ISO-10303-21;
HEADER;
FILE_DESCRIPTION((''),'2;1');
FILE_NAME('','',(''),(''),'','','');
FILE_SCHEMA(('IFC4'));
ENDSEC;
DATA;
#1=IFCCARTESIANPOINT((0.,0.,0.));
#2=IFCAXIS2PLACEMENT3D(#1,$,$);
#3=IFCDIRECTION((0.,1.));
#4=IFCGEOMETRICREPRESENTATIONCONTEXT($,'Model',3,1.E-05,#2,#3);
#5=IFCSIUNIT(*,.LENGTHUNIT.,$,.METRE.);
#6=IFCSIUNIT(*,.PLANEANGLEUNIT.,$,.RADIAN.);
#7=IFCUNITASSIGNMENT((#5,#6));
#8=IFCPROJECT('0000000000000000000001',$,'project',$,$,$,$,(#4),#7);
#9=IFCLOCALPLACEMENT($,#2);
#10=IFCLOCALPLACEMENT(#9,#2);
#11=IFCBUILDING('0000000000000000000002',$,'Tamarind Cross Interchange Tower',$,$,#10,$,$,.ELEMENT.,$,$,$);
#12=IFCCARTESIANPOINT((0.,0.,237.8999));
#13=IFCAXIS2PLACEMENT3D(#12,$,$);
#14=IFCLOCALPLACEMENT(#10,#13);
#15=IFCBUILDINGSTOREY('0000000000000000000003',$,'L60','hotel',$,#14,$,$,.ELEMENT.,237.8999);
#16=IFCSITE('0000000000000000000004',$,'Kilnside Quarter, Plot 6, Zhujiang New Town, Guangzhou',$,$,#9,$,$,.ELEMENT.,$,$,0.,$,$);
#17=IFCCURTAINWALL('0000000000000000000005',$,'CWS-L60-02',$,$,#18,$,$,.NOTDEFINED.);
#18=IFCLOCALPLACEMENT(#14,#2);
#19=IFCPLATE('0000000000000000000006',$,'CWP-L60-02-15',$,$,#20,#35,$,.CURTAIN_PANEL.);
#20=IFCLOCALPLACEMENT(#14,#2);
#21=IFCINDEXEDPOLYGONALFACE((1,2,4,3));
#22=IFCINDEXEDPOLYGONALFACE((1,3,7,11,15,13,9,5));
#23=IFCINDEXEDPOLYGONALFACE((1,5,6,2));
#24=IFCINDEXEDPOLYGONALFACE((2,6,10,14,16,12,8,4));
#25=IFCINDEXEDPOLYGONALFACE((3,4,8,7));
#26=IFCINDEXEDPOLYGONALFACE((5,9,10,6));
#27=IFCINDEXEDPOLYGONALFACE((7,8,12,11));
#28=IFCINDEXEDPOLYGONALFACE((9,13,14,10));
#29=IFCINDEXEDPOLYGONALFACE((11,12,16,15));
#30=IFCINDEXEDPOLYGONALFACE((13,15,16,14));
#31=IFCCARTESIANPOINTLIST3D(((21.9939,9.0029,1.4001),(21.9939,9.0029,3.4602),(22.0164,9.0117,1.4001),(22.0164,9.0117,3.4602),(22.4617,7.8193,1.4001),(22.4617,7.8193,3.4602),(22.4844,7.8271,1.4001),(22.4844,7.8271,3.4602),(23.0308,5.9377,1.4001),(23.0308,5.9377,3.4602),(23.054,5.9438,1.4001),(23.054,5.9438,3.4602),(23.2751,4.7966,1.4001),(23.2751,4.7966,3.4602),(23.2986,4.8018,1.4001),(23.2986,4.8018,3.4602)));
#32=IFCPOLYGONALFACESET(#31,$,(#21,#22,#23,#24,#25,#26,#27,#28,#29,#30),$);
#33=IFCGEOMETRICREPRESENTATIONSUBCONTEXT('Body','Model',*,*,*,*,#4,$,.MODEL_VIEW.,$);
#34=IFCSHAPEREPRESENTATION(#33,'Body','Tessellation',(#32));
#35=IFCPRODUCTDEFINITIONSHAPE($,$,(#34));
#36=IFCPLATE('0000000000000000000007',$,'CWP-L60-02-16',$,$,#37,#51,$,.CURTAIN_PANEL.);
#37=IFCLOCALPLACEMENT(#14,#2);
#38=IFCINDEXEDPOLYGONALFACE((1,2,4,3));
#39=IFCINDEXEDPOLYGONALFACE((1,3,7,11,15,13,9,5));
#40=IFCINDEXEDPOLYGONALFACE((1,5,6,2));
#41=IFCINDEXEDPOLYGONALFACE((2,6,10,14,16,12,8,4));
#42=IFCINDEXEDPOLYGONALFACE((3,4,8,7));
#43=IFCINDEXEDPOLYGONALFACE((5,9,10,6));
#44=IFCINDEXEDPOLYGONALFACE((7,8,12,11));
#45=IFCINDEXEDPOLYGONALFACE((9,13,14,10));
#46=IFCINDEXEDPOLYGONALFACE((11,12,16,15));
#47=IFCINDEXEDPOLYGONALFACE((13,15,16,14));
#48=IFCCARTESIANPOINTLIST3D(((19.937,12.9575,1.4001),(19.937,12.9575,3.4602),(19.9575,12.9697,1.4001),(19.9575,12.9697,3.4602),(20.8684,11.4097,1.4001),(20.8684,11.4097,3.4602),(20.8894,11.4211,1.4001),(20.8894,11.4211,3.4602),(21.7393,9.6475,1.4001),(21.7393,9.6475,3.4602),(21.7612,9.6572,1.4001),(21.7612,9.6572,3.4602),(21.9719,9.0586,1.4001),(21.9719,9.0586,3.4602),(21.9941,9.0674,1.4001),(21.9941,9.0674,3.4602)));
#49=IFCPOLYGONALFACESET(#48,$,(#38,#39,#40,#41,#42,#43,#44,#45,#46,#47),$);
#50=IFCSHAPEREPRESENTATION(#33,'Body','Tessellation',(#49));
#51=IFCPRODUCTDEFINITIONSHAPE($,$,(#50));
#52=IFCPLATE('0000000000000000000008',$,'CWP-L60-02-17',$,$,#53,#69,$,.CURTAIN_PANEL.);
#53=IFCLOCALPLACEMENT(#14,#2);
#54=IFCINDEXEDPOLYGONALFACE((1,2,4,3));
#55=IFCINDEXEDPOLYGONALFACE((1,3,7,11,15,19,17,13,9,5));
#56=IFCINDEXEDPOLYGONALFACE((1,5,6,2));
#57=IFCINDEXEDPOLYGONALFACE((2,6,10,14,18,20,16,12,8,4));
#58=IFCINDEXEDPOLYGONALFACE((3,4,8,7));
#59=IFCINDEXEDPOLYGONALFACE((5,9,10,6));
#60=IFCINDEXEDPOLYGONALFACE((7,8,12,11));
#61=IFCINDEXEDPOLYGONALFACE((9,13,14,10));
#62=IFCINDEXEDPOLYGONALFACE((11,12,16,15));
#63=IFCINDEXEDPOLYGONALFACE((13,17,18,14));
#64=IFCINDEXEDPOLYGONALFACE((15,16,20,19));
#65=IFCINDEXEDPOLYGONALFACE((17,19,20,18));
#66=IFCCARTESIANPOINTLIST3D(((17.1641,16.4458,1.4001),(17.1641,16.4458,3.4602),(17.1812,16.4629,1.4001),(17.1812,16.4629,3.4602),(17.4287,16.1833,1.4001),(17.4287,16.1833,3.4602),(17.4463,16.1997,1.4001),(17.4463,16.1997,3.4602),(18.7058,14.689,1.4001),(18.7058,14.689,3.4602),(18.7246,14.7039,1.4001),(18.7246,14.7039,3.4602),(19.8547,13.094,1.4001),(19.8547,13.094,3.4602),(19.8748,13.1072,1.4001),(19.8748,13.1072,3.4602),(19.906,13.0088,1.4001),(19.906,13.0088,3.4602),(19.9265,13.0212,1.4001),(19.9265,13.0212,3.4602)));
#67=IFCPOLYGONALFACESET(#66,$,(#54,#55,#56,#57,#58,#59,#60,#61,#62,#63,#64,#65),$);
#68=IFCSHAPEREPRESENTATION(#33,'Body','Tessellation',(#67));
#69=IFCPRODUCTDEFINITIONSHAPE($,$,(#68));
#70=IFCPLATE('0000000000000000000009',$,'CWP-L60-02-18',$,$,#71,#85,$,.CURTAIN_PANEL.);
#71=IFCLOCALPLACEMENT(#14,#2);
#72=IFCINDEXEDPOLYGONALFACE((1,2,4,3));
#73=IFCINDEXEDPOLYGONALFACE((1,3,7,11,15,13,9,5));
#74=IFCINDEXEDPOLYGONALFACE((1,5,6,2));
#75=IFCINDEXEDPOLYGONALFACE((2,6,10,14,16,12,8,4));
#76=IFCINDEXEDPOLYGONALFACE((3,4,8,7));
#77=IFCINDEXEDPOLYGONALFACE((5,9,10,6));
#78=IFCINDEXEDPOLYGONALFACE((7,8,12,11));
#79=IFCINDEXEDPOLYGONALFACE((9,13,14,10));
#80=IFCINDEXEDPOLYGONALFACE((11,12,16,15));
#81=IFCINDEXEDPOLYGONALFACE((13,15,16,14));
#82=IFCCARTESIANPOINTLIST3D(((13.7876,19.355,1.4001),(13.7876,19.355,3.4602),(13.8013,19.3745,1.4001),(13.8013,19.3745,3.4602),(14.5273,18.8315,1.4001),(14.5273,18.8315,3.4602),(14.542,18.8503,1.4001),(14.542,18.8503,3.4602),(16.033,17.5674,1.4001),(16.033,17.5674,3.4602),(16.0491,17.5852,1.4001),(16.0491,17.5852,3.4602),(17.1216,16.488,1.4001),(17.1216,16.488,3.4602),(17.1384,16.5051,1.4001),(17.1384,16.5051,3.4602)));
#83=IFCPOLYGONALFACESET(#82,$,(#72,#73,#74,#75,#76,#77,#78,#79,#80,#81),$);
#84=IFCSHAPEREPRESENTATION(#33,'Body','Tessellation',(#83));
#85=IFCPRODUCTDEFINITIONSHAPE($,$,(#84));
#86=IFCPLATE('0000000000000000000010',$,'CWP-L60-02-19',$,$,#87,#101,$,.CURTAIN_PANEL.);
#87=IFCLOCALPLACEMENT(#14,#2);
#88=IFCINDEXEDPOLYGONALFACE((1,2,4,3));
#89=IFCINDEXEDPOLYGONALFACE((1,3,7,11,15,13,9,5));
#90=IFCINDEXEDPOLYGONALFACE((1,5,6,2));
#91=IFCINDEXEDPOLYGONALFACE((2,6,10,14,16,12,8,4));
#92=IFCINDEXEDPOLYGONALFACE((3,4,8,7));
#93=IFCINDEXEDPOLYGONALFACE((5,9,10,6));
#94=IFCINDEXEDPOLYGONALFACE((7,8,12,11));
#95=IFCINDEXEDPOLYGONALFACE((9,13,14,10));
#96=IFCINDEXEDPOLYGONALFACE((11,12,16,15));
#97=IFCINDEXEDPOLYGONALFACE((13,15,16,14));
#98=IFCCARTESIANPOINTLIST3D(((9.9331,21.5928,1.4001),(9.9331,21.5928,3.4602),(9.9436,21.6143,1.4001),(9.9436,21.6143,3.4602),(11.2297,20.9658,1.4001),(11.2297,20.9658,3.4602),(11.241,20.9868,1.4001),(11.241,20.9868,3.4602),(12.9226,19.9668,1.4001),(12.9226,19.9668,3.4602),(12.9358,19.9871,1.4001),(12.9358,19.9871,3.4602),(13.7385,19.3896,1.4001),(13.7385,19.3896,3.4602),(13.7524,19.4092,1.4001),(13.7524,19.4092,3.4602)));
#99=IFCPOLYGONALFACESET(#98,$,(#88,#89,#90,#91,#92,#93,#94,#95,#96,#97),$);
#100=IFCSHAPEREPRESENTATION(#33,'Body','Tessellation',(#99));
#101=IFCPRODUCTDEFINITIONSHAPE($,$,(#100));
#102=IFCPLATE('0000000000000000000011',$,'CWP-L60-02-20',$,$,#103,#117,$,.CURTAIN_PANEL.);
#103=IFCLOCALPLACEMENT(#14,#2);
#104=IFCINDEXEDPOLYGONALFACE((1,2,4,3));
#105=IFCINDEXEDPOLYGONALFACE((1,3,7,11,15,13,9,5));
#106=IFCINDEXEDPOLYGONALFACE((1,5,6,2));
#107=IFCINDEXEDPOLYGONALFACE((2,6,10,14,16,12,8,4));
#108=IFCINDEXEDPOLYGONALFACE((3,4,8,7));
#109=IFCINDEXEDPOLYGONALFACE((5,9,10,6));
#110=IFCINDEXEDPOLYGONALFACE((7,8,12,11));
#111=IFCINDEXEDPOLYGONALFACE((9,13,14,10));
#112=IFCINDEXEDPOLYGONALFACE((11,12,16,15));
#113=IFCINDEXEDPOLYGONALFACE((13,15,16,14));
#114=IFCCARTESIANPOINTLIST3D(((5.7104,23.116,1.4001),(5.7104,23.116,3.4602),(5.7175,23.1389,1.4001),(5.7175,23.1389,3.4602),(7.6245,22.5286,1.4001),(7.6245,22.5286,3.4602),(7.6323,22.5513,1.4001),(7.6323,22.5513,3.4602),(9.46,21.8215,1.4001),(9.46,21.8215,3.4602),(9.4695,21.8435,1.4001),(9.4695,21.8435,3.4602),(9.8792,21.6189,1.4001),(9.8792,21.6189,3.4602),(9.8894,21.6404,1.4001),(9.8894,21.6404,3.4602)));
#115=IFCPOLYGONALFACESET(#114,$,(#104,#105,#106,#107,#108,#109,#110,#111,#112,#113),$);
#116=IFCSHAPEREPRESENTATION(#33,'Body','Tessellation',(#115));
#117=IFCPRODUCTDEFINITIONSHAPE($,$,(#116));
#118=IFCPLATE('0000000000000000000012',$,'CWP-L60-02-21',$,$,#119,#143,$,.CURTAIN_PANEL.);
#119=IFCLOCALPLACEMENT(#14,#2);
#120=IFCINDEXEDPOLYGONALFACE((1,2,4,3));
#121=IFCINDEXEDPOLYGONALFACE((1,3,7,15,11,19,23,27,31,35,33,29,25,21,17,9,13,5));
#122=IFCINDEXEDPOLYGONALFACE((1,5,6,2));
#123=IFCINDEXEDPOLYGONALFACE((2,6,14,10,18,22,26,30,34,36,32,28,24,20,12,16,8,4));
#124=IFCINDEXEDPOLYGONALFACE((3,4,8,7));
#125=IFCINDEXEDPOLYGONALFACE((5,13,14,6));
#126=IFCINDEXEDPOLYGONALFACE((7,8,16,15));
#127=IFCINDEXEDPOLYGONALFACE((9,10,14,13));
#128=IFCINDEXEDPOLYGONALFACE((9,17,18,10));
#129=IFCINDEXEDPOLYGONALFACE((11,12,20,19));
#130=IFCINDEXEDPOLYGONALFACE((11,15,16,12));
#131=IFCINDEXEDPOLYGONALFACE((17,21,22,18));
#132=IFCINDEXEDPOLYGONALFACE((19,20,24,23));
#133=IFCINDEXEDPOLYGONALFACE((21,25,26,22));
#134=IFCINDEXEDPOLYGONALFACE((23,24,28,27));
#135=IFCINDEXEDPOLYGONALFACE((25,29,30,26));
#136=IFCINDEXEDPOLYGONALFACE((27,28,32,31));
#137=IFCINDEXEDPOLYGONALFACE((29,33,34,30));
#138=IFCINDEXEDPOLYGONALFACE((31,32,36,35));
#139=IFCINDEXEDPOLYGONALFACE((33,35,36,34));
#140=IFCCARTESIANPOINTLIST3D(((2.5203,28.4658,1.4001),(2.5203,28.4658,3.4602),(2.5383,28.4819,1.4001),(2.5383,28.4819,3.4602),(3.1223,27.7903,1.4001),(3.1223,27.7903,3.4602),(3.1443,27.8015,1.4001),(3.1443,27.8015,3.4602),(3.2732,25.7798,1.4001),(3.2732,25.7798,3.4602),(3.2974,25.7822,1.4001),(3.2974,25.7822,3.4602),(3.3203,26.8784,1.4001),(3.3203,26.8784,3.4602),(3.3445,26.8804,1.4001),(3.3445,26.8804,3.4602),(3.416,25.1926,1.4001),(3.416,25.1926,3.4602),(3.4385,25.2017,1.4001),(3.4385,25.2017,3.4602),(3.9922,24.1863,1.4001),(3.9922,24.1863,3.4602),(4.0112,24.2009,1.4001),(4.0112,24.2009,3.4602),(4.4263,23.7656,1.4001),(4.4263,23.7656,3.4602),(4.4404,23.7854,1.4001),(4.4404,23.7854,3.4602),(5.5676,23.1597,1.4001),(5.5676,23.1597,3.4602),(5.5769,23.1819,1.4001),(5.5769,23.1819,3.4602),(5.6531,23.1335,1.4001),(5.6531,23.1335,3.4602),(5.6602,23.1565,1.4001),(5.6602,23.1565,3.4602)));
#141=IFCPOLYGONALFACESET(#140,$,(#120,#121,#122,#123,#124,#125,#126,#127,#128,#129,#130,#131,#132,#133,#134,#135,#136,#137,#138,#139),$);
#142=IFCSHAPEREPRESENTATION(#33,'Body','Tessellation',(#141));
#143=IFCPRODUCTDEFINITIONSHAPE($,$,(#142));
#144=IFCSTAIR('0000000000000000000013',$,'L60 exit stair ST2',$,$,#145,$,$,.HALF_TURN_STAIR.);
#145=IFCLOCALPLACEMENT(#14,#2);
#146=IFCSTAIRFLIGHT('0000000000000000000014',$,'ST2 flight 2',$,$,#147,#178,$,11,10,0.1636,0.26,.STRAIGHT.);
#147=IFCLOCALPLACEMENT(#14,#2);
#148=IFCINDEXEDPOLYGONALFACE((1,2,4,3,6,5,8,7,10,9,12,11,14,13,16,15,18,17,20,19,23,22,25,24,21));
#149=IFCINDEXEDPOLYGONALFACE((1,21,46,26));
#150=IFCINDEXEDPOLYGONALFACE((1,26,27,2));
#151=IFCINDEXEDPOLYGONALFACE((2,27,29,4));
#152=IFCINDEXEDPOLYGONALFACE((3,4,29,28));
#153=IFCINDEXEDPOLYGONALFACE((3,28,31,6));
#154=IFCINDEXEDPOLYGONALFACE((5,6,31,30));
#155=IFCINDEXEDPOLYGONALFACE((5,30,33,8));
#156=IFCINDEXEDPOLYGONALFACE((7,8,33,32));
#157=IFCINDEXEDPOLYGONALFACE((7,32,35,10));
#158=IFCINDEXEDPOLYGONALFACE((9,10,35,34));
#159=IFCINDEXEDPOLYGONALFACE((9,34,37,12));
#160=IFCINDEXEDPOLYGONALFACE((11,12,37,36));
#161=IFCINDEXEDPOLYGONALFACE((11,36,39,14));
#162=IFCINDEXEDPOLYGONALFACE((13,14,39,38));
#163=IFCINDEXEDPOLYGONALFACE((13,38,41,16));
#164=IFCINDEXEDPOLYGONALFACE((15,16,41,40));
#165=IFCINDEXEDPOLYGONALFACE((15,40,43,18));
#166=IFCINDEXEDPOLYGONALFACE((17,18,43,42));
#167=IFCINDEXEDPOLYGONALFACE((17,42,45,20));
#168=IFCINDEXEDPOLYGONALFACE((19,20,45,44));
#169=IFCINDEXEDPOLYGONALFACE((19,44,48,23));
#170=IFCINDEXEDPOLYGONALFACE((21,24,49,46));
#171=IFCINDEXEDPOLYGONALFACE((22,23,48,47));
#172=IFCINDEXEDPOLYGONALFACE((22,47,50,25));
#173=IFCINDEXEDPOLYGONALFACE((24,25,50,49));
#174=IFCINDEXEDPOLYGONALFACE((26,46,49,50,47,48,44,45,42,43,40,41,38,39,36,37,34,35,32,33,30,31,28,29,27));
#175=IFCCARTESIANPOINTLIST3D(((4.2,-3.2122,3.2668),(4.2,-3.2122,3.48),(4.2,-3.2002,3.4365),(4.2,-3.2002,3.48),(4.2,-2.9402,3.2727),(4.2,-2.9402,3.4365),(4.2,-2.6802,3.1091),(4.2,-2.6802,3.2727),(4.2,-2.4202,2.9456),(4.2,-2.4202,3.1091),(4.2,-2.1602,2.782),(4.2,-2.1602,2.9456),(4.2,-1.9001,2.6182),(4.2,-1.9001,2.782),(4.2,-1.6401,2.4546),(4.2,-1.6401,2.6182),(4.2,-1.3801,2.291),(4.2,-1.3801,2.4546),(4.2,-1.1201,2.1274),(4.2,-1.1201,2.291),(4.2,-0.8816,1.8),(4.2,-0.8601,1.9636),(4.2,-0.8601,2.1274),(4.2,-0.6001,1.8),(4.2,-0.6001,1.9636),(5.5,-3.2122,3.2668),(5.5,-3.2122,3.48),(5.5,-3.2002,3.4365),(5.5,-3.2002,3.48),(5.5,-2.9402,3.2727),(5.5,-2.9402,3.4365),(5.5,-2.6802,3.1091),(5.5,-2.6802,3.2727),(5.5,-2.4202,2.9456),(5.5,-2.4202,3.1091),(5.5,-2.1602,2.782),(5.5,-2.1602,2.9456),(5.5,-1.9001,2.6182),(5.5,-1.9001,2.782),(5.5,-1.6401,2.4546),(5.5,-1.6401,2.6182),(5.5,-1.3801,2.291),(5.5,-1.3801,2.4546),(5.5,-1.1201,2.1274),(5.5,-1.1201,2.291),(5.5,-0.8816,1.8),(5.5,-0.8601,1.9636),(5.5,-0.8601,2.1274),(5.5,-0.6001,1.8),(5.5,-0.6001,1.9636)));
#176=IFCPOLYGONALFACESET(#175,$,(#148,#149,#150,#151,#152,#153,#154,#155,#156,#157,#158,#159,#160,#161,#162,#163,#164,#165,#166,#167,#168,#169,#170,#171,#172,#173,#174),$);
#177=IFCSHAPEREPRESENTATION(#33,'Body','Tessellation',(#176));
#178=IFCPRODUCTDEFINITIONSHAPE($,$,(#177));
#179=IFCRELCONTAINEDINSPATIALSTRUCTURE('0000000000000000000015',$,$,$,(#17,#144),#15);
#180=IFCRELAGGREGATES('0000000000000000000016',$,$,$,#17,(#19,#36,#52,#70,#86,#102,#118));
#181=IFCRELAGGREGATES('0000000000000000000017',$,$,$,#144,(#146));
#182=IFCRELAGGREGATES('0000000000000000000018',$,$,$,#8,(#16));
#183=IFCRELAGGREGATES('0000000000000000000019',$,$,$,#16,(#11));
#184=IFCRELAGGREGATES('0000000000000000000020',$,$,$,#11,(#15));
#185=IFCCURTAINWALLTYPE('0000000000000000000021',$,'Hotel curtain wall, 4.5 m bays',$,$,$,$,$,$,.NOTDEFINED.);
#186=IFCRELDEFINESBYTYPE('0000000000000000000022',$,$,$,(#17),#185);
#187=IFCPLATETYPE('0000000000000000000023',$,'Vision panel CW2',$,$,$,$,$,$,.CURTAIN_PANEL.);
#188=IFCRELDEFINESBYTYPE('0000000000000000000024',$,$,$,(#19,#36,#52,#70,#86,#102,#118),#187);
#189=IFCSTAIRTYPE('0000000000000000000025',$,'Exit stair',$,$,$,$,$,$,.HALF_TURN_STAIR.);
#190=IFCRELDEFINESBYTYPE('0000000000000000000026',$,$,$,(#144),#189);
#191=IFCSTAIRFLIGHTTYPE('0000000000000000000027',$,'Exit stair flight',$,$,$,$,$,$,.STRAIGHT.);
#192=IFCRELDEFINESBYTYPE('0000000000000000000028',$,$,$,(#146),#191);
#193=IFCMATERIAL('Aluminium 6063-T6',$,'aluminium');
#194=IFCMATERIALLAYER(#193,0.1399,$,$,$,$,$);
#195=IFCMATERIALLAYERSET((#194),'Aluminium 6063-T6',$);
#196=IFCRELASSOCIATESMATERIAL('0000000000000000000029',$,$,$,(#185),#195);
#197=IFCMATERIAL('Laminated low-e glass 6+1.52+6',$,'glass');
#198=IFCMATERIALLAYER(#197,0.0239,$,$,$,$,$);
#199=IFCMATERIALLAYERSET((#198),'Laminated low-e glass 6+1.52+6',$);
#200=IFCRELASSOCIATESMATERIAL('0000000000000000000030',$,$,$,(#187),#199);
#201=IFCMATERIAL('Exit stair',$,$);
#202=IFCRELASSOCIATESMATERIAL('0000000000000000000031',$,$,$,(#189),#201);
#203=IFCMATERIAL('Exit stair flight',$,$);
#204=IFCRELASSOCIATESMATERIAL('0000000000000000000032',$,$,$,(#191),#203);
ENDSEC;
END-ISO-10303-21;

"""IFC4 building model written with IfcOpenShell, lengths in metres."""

from ifc_helpers import new_model, si_unit, direction, frame, origin, place, context, subcontext, project, spatial, polyline, outline, extrude, material, layer, layer_set, type_object, element, aggregate, save


model = new_model("IFC4")

# Units and contexts
model_context = context("Model", 3, precision=1e-05, world=origin(), true_north=direction((0.0, 1.0)))
body_context = subcontext(model_context, "Body", "Model", "MODEL_VIEW")
ifc_project = project(units=[si_unit("LENGTHUNIT", "METRE"), si_unit("PLANEANGLEUNIT", "RADIAN")], contexts=[model_context])

# Site, building, storey
site_placement = place(None, origin())
site = spatial("IfcSite", under=ifc_project, at=site_placement, Name="Kilnside Quarter, Plot 6, Zhujiang New Town, Guangzhou", CompositionType="ELEMENT", RefElevation=0.0)
building_placement = place(site_placement, origin())
building = spatial("IfcBuilding", under=site, at=building_placement, Name="Tamarind Cross Interchange Tower", CompositionType="ELEMENT")
storey_placement = place(building_placement, frame((0.0, 0.0, 237.8999)))
storey = spatial("IfcBuildingStorey", under=building, at=storey_placement, Name="L60", Description="hotel", CompositionType="ELEMENT", Elevation=237.8999)

# Curtain wall, plates
ifc_material_1 = material(Name="Aluminium 6063-T6", Category="aluminium")
ifc_layer_1 = layer(ifc_material_1, 0.1399)
ifc_layer_set_1 = layer_set([ifc_layer_1], Name="Aluminium 6063-T6")
curtain_wall_type = type_object("IfcCurtainWallType", Name="Hotel curtain wall, 4.5 m bays", PredefinedType="NOTDEFINED", material=ifc_layer_set_1)
curtain_wall_placement = place(storey_placement, origin())
curtain_wall = element("IfcCurtainWall", 1, at=curtain_wall_placement, inside=storey, type_object=curtain_wall_type, Name="CWS-L60-02", PredefinedType="NOTDEFINED")
ifc_material_2 = material(Name="Laminated low-e glass 6+1.52+6", Category="glass")
ifc_layer_2 = layer(ifc_material_2, 0.0239)
ifc_layer_set_2 = layer_set([ifc_layer_2], Name="Laminated low-e glass 6+1.52+6")
plate_type = type_object("IfcPlateType", Name="Vision panel CW2", PredefinedType="CURTAIN_PANEL", material=ifc_layer_set_2)
plate_1_placement = place(storey_placement, frame((0.0, 0.0, 1.4001)))
plate_1 = element("IfcPlate", 2, at=plate_1_placement, type_object=plate_type, Name="CWP-L60-02-15", PredefinedType="CURTAIN_PANEL", context=body_context, shape_type="SweptSolid", body=[
    extrude(outline(polyline([(23.2751, 4.7966), (23.0308, 5.9377), (22.4617, 7.8193), (21.9939, 9.0029), (22.0164, 9.0117), (22.4844, 7.8271), (23.054, 5.9438), (23.2986, 4.8018), (23.2751, 4.7966)])), origin(), (0.0, 0.0, 1.0), 2.0601),
])
plate_2_placement = place(storey_placement, frame((0.0, 0.0, 1.4001)))
plate_2 = element("IfcPlate", 3, at=plate_2_placement, type_object=plate_type, Name="CWP-L60-02-16", PredefinedType="CURTAIN_PANEL", context=body_context, shape_type="SweptSolid", body=[
    extrude(outline(polyline([(21.9719, 9.0586), (21.7393, 9.6475), (20.8684, 11.4097), (19.937, 12.9575), (19.9575, 12.9697), (20.8894, 11.4211), (21.7612, 9.6572), (21.9941, 9.0674), (21.9719, 9.0586)])), origin(), (0.0, 0.0, 1.0), 2.0601),
])
plate_3_placement = place(storey_placement, frame((0.0, 0.0, 1.4001)))
plate_3 = element("IfcPlate", 4, at=plate_3_placement, type_object=plate_type, Name="CWP-L60-02-17", PredefinedType="CURTAIN_PANEL", context=body_context, shape_type="SweptSolid", body=[
    extrude(outline(polyline([(19.906, 13.0088), (19.8547, 13.094), (18.7058, 14.689), (17.4287, 16.1833), (17.1641, 16.4458), (17.1812, 16.4629), (17.4463, 16.1997), (18.7246, 14.7039), (19.8748, 13.1072), (19.9265, 13.0212), (19.906, 13.0088)])), origin(), (0.0, 0.0, 1.0), 2.0601),
])
plate_4_placement = place(storey_placement, frame((0.0, 0.0, 1.4001)))
plate_4 = element("IfcPlate", 5, at=plate_4_placement, type_object=plate_type, Name="CWP-L60-02-18", PredefinedType="CURTAIN_PANEL", context=body_context, shape_type="SweptSolid", body=[
    extrude(outline(polyline([(17.1216, 16.488), (16.033, 17.5674), (14.5273, 18.8315), (13.7876, 19.355), (13.8013, 19.3745), (14.542, 18.8503), (16.0491, 17.5852), (17.1384, 16.5051), (17.1216, 16.488)])), origin(), (0.0, 0.0, 1.0), 2.0601),
])
plate_5_placement = place(storey_placement, frame((0.0, 0.0, 1.4001)))
plate_5 = element("IfcPlate", 6, at=plate_5_placement, type_object=plate_type, Name="CWP-L60-02-19", PredefinedType="CURTAIN_PANEL", context=body_context, shape_type="SweptSolid", body=[
    extrude(outline(polyline([(13.7385, 19.3896), (12.9226, 19.9668), (11.2297, 20.9658), (9.9331, 21.5928), (9.9436, 21.6143), (11.241, 20.9868), (12.9358, 19.9871), (13.7524, 19.4092), (13.7385, 19.3896)])), origin(), (0.0, 0.0, 1.0), 2.0601),
])
plate_6_placement = place(storey_placement, frame((0.0, 0.0, 1.4001)))
plate_6 = element("IfcPlate", 7, at=plate_6_placement, type_object=plate_type, Name="CWP-L60-02-20", PredefinedType="CURTAIN_PANEL", context=body_context, shape_type="SweptSolid", body=[
    extrude(outline(polyline([(9.8792, 21.6189), (9.46, 21.8215), (7.6245, 22.5286), (5.7104, 23.116), (5.7175, 23.1389), (7.6323, 22.5513), (9.4695, 21.8435), (9.8894, 21.6404), (9.8792, 21.6189)])), origin(), (0.0, 0.0, 1.0), 2.0601),
])
plate_7_placement = place(storey_placement, frame((0.0, 0.0, 1.4001)))
plate_7 = element("IfcPlate", 8, at=plate_7_placement, type_object=plate_type, Name="CWP-L60-02-21", PredefinedType="CURTAIN_PANEL", context=body_context, shape_type="SweptSolid", body=[
    extrude(outline(polyline([(5.6531, 23.1335), (5.5676, 23.1597), (4.4263, 23.7656), (3.9922, 24.1863), (3.416, 25.1926), (3.2732, 25.7798), (3.3203, 26.8784), (3.1223, 27.7903), (2.5203, 28.4658), (2.5383, 28.4819), (3.1443, 27.8015), (3.3445, 26.8804), (3.2974, 25.7822), (3.4385, 25.2017), (4.0112, 24.2009), (4.4404, 23.7854), (5.5769, 23.1819), (5.6602, 23.1565), (5.6531, 23.1335)])), origin(), (0.0, 0.0, 1.0), 2.0601),
])
aggregate(curtain_wall, [plate_1, plate_2, plate_3, plate_4, plate_5, plate_6, plate_7])

# Stair, stair flight
ifc_material_3 = material(Name="Exit stair")
stair_type = type_object("IfcStairType", Name="Exit stair", PredefinedType="HALF_TURN_STAIR", material=ifc_material_3)
stair_placement = place(storey_placement, origin())
stair = element("IfcStair", 9, at=stair_placement, inside=storey, type_object=stair_type, Name="L60 exit stair ST2", PredefinedType="HALF_TURN_STAIR")
ifc_material_4 = material(Name="Exit stair flight")
stair_flight_type = type_object("IfcStairFlightType", Name="Exit stair flight", PredefinedType="STRAIGHT", material=ifc_material_4)
stair_flight_placement = place(storey_placement, frame((4.8501, -0.6001, 1.8), z_axis=(0.0, 0.0, 1.0), x_axis=(0.0, -1.0, 0.0)))
stair_flight = element("IfcStairFlight", 10, at=stair_flight_placement, type_object=stair_flight_type, Name="ST2 flight 2", NumberOfRisers=11, NumberOfTreads=10, PredefinedType="STRAIGHT", RiserHeight=0.1636, TreadLength=0.26, context=body_context, shape_type="SweptSolid", body=[
    extrude(outline(polyline([(0.0, 0.0), (0.0, 0.1636), (0.26, 0.1636), (0.26, 0.3274), (0.52, 0.3274), (0.52, 0.491), (0.78, 0.491), (0.78, 0.6545), (1.04, 0.6545), (1.04, 0.8181), (1.3, 0.8181), (1.3, 0.9819), (1.5601, 0.9819), (1.5601, 1.1455), (1.8201, 1.1455), (1.8201, 1.3091), (2.0801, 1.3091), (2.0801, 1.4727), (2.3401, 1.4727), (2.3401, 1.6365), (2.6001, 1.6365), (2.6001, 1.6799), (2.6121, 1.6799), (2.6121, 1.4668), (0.2815, 0.0), (0.0, 0.0)])), frame((0.0, 0.6499, 0.0), z_axis=(0.0, -1.0, 0.0), x_axis=(1.0, 0.0, 0.0)), (0.0, 0.0, 1.0), 1.3),
])
aggregate(stair, [stair_flight])

save(model, "model.ifc")
